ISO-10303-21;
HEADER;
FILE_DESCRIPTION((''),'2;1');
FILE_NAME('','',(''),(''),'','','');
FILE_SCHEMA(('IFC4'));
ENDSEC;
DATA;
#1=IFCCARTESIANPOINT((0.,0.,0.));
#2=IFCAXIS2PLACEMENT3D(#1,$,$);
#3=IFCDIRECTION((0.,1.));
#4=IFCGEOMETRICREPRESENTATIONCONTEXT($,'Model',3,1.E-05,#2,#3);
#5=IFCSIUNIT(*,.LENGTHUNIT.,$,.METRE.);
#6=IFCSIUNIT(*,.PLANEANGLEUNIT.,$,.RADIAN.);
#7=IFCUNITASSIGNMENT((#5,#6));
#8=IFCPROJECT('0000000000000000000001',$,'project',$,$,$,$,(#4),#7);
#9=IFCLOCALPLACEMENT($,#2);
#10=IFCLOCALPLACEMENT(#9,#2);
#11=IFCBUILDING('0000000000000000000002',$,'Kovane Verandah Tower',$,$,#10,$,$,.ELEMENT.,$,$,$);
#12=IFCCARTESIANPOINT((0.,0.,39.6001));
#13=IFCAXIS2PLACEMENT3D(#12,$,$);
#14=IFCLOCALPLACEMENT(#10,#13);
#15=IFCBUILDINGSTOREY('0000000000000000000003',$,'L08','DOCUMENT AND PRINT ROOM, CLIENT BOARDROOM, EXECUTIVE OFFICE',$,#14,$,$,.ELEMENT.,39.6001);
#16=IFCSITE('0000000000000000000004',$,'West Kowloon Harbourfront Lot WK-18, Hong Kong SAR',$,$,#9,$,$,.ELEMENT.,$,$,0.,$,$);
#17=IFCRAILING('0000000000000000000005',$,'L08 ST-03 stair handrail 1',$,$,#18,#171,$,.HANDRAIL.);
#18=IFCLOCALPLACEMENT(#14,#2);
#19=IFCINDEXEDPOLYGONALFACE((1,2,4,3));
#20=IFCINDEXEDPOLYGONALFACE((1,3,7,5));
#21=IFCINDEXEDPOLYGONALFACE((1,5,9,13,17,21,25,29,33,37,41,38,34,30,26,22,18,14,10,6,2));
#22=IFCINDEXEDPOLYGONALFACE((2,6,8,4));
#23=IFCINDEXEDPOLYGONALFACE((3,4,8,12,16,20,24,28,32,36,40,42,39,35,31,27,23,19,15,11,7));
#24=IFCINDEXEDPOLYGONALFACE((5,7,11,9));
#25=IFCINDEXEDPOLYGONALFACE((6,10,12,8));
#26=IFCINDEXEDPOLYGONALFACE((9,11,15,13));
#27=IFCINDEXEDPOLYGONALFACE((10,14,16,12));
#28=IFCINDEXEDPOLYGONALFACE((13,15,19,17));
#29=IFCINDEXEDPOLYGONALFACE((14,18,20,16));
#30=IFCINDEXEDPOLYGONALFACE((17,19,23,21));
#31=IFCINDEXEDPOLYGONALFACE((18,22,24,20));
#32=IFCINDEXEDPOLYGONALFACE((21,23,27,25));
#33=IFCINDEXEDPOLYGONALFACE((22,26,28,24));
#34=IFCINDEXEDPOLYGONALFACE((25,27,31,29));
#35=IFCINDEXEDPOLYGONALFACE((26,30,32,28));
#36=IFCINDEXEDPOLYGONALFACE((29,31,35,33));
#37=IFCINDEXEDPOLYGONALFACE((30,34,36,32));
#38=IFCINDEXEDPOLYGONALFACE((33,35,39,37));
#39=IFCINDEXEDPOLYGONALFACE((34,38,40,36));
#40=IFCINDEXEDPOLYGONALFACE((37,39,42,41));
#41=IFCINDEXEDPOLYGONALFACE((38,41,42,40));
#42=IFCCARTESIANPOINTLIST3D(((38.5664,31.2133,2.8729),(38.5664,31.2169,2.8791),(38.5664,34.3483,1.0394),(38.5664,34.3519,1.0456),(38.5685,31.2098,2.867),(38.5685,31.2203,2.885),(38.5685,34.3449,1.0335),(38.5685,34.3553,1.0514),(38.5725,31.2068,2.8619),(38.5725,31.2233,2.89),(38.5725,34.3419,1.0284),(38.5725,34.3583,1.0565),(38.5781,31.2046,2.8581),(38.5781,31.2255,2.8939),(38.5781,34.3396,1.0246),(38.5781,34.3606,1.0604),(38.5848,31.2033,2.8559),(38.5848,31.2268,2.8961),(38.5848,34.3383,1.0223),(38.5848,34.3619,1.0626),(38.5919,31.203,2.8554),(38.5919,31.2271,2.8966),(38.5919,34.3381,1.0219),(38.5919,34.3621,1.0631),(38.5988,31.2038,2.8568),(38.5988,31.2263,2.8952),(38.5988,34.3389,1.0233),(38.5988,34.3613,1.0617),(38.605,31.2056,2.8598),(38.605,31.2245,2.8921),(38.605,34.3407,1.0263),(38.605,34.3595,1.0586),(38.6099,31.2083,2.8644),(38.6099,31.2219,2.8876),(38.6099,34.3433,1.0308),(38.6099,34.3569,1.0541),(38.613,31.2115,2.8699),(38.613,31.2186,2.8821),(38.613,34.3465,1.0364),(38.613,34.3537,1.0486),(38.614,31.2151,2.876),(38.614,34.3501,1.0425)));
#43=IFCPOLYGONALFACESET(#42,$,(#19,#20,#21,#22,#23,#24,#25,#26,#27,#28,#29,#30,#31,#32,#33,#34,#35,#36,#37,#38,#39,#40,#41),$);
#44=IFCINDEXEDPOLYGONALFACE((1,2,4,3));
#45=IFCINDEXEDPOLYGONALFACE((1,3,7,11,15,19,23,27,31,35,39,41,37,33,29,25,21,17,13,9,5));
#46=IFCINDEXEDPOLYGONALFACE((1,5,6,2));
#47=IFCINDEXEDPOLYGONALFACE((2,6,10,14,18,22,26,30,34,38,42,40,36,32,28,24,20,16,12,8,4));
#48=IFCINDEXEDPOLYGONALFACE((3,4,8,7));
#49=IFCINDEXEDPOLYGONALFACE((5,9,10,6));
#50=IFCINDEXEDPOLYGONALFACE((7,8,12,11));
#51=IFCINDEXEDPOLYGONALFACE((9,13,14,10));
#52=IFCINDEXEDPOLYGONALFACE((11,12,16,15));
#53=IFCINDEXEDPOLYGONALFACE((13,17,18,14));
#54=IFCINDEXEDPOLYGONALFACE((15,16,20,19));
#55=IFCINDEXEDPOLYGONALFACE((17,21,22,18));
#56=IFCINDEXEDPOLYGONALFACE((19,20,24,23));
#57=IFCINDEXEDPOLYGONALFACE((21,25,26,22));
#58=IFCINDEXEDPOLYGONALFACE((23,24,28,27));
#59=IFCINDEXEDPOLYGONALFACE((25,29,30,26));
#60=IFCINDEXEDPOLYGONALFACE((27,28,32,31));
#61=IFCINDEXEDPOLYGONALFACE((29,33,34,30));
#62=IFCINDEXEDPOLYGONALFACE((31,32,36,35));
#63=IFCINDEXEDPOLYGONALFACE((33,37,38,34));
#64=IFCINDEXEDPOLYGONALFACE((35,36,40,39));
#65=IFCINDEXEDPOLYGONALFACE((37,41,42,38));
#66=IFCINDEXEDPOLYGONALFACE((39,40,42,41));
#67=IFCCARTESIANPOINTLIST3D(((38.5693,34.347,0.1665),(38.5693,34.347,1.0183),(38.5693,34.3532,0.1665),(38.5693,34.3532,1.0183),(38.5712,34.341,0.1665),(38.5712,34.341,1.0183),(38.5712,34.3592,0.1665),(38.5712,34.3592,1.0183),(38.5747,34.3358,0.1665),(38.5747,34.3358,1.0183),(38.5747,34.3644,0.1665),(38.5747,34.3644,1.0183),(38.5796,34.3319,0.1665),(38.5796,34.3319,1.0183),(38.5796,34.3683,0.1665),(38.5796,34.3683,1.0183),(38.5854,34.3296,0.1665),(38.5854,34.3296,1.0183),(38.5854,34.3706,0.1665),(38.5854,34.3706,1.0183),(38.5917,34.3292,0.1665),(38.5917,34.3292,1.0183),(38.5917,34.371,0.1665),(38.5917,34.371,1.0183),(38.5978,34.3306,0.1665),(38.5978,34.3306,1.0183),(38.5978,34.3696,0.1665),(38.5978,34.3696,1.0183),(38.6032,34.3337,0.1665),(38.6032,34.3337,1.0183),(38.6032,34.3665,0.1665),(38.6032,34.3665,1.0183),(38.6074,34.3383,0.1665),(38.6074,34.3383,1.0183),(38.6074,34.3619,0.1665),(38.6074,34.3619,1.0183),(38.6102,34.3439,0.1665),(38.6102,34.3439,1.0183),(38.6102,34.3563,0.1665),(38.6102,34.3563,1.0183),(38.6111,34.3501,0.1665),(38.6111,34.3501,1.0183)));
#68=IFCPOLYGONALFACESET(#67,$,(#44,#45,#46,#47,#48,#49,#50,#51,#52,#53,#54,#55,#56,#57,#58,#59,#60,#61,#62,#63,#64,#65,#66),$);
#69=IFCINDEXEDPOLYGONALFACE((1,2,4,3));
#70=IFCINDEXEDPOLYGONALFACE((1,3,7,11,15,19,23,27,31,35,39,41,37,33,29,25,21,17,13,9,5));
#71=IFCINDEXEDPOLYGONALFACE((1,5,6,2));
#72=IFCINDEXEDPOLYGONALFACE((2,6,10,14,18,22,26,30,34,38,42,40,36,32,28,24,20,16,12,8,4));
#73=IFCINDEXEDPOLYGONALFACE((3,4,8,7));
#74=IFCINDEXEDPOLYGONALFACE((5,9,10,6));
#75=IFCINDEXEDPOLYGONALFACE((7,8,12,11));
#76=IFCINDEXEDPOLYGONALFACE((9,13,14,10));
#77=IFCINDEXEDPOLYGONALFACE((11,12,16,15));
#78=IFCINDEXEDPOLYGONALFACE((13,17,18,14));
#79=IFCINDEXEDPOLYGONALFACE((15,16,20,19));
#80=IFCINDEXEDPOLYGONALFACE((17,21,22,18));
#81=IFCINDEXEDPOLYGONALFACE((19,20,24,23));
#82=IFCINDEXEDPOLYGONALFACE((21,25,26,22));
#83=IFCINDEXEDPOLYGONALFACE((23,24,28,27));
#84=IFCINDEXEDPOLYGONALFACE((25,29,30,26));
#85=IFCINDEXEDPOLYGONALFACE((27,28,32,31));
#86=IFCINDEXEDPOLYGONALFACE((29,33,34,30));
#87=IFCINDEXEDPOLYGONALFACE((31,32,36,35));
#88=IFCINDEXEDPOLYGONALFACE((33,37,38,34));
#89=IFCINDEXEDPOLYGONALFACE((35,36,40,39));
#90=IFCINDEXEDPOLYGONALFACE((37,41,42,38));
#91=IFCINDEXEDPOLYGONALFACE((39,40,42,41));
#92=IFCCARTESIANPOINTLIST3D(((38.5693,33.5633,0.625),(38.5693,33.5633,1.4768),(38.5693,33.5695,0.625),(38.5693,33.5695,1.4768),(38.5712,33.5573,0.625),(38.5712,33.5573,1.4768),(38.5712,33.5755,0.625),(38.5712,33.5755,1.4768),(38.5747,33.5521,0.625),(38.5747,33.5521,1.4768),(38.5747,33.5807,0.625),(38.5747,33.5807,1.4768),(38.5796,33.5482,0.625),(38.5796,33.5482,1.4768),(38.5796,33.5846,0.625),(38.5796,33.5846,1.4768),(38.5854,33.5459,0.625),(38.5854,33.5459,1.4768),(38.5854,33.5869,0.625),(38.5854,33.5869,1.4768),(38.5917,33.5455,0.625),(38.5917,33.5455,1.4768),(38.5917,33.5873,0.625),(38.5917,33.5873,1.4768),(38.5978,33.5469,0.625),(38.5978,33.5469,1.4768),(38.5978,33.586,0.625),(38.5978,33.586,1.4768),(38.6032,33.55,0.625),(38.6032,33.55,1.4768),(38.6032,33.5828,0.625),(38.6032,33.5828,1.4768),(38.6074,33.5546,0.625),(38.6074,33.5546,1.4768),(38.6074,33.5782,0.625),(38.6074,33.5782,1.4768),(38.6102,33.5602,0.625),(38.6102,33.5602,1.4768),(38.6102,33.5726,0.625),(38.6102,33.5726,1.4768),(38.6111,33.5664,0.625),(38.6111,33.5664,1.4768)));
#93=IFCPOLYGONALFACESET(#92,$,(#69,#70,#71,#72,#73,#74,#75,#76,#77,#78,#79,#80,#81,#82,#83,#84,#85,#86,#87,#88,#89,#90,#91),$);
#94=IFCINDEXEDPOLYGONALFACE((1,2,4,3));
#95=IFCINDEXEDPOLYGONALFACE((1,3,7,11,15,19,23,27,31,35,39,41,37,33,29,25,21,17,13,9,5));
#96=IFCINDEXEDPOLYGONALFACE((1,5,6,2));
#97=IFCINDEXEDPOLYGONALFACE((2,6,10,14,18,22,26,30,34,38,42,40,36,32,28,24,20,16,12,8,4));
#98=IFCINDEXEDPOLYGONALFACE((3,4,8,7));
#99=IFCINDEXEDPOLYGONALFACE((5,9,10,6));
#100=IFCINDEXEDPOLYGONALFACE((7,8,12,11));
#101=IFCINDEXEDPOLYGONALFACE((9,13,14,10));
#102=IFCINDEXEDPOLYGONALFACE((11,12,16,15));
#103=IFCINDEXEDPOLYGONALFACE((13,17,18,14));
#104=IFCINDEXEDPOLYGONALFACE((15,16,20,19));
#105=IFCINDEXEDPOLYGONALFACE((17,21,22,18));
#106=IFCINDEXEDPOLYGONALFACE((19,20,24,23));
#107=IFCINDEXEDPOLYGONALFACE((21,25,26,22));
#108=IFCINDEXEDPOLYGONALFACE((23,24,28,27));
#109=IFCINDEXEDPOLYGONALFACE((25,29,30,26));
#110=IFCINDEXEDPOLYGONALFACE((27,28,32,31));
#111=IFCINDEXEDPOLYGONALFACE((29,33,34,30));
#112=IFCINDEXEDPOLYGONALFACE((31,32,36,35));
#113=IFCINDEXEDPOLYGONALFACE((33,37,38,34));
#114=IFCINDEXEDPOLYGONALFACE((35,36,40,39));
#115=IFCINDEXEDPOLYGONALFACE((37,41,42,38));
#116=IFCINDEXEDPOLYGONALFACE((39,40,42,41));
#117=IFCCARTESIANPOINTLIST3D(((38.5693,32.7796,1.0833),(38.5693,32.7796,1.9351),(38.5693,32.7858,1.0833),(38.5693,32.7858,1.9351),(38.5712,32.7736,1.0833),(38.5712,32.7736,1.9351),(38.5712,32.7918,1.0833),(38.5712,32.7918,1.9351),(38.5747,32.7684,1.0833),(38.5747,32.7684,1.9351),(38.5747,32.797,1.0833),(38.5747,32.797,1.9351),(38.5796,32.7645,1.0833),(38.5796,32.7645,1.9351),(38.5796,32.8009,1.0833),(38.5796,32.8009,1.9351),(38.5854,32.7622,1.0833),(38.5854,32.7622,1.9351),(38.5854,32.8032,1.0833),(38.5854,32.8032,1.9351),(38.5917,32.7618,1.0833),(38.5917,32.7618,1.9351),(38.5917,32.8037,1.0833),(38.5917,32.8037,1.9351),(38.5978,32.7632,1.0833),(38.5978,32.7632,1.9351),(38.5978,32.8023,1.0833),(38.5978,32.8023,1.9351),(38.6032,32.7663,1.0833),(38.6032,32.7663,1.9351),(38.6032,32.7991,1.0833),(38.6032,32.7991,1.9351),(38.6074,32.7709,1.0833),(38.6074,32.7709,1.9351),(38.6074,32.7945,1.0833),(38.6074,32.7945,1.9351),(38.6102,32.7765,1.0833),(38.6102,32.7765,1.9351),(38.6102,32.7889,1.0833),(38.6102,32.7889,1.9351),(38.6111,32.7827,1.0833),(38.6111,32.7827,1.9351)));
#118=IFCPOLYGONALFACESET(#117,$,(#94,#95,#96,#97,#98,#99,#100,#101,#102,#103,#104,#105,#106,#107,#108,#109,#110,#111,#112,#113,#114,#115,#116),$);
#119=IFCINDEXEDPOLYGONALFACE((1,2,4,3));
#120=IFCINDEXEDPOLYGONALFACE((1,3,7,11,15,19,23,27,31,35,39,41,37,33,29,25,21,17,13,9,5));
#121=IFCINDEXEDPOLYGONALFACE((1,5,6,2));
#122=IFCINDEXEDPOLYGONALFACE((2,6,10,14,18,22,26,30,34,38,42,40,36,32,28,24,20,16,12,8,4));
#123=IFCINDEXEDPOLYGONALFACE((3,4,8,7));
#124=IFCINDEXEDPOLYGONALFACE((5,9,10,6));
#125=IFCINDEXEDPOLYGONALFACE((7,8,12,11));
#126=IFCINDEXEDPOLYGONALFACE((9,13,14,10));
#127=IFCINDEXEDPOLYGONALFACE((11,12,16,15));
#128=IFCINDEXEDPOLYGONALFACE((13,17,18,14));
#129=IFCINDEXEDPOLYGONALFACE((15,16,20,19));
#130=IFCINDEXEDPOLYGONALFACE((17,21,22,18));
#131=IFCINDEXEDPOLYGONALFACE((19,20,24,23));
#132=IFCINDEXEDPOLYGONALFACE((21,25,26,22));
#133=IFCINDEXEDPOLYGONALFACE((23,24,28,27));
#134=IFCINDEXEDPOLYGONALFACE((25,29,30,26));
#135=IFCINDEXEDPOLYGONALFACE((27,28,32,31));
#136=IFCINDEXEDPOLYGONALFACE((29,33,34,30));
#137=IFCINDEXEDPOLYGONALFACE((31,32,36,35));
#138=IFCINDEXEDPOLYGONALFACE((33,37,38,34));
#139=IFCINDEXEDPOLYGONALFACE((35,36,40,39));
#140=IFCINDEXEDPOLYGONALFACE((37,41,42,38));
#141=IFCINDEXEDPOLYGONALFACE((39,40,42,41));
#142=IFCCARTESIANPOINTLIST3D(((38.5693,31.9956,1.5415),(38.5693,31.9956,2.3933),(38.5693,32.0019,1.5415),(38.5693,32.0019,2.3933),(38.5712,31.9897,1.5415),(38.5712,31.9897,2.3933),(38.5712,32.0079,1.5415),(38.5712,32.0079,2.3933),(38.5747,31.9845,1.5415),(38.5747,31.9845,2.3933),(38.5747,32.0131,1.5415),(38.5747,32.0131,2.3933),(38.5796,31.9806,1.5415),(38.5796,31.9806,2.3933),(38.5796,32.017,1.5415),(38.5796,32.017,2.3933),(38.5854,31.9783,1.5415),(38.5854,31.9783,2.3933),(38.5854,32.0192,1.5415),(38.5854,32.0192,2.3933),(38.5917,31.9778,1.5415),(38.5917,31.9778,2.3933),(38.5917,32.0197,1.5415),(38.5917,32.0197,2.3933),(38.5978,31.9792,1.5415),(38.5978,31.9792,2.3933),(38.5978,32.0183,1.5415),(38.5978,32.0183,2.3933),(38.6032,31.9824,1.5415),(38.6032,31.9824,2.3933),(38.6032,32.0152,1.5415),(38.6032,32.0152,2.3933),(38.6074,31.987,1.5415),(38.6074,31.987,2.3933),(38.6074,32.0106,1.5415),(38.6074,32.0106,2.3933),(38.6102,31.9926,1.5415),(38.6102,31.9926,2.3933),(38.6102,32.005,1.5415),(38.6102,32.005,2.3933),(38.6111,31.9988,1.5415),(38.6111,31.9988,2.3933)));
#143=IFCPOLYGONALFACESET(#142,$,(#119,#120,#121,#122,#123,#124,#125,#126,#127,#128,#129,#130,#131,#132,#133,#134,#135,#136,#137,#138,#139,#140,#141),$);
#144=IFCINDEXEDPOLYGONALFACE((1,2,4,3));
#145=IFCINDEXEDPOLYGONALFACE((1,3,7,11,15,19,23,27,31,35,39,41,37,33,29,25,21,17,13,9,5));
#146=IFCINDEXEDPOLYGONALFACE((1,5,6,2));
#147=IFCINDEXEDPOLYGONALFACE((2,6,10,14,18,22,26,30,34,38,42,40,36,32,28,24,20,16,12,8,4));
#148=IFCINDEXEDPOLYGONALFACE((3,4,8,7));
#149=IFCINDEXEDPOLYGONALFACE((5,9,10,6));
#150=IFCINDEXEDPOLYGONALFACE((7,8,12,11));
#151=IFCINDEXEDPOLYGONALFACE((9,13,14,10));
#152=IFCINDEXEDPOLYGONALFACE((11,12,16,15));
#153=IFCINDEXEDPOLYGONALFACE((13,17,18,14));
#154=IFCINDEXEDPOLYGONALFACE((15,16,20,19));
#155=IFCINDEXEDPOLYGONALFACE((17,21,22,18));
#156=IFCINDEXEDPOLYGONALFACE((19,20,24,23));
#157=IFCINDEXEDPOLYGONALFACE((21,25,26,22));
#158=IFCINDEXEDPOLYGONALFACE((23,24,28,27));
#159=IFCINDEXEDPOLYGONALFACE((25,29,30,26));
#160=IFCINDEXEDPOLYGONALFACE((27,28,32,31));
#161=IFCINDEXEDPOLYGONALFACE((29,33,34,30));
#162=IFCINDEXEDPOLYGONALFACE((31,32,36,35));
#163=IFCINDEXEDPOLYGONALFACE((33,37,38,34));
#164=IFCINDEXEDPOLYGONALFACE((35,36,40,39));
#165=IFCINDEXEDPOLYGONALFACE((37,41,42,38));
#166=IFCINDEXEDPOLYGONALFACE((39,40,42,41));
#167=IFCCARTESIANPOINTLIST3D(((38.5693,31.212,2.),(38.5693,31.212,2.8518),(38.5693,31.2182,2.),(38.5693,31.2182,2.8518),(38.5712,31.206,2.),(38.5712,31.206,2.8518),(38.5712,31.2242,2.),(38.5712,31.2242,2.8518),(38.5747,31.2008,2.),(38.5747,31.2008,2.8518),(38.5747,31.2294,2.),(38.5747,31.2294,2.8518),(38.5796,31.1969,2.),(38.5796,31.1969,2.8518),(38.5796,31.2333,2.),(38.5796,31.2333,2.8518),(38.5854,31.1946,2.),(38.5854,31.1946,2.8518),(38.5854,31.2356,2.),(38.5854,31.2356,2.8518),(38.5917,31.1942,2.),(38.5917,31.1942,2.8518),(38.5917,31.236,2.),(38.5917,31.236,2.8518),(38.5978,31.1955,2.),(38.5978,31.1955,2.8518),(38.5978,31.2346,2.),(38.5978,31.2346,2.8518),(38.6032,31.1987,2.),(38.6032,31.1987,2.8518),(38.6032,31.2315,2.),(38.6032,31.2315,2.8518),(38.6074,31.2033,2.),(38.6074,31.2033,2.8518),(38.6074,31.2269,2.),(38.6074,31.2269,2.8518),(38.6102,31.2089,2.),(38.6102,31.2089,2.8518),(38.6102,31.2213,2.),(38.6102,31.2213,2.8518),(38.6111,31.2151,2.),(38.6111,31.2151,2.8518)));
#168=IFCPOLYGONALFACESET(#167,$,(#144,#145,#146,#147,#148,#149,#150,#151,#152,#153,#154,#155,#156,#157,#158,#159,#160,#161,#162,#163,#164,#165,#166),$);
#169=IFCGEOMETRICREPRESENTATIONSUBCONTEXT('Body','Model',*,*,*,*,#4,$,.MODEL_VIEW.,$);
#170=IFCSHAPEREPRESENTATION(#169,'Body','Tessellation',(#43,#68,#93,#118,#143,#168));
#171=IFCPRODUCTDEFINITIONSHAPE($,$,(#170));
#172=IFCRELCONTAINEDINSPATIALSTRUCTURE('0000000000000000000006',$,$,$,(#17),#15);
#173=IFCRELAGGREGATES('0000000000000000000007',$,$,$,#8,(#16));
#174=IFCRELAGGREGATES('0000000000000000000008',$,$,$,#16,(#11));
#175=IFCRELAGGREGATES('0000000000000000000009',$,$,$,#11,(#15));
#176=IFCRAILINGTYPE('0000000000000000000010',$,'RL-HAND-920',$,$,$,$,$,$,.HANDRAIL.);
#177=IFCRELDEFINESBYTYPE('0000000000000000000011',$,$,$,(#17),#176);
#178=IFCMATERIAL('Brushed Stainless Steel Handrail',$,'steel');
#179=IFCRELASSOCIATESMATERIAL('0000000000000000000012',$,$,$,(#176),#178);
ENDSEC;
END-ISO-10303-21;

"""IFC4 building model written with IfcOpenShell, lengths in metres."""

from ifc_helpers import new_model, si_unit, direction, frame, origin, origin_2d, place, context, subcontext, project, spatial, circle, extrude, material, type_object, element, save


model = new_model("IFC4")

# Units and contexts
model_context = context("Model", 3, precision=1e-05, world=origin(), true_north=direction((0.0, 1.0)))
body_context = subcontext(model_context, "Body", "Model", "MODEL_VIEW")
ifc_project = project(units=[si_unit("LENGTHUNIT", "METRE"), si_unit("PLANEANGLEUNIT", "RADIAN")], contexts=[model_context])

# Site, building, storey
site_placement = place(None, origin())
site = spatial("IfcSite", under=ifc_project, at=site_placement, Name="West Kowloon Harbourfront Lot WK-18, Hong Kong SAR", CompositionType="ELEMENT", RefElevation=0.0)
building_placement = place(site_placement, origin())
building = spatial("IfcBuilding", under=site, at=building_placement, Name="Kovane Verandah Tower", CompositionType="ELEMENT")
storey_placement = place(building_placement, frame((0.0, 0.0, 39.6001)))
storey = spatial("IfcBuildingStorey", under=building, at=storey_placement, Name="L08", Description="DOCUMENT AND PRINT ROOM, CLIENT BOARDROOM, EXECUTIVE OFFICE", CompositionType="ELEMENT", Elevation=39.6001)

# Railing
ifc_material_1 = material(Name="Brushed Stainless Steel Handrail", Category="steel")
railing_type_1 = type_object("IfcRailingType", Name="RL-HAND-920", PredefinedType="HANDRAIL", material=ifc_material_1)
railing_1_placement = place(storey_placement, frame((38.5901, 34.3501, 0.1665)))
element("IfcRailing", 1, at=railing_1_placement, inside=storey, type_object=railing_type_1, Name="L08 ST-03 stair handrail 1", PredefinedType="HANDRAIL", context=body_context, shape_type="SweptSolid", body=[
    extrude(circle(Radius=0.0239, at=origin_2d()), frame((0.0, 0.0, 0.876), z_axis=(0.0, -0.86321, 0.504845), x_axis=(1.0, 0.0, 0.0)), (0.0, 0.0, 1.0), 3.6318),
    extrude(circle(Radius=0.021, at=origin_2d()), origin(), (0.0, 0.0, 1.0), 0.8518),
    extrude(circle(Radius=0.021, at=origin_2d()), frame((0.0, -0.7837, 0.4585)), (0.0, 0.0, 1.0), 0.8518),
    extrude(circle(Radius=0.021, at=origin_2d()), frame((0.0, -1.5674, 0.9167)), (0.0, 0.0, 1.0), 0.8518),
    extrude(circle(Radius=0.021, at=origin_2d()), frame((0.0, -2.3513, 1.375)), (0.0, 0.0, 1.0), 0.8518),
    extrude(circle(Radius=0.021, at=origin_2d()), frame((0.0, -3.135, 1.8335)), (0.0, 0.0, 1.0), 0.8518),
])

save(model, "model.ifc")
